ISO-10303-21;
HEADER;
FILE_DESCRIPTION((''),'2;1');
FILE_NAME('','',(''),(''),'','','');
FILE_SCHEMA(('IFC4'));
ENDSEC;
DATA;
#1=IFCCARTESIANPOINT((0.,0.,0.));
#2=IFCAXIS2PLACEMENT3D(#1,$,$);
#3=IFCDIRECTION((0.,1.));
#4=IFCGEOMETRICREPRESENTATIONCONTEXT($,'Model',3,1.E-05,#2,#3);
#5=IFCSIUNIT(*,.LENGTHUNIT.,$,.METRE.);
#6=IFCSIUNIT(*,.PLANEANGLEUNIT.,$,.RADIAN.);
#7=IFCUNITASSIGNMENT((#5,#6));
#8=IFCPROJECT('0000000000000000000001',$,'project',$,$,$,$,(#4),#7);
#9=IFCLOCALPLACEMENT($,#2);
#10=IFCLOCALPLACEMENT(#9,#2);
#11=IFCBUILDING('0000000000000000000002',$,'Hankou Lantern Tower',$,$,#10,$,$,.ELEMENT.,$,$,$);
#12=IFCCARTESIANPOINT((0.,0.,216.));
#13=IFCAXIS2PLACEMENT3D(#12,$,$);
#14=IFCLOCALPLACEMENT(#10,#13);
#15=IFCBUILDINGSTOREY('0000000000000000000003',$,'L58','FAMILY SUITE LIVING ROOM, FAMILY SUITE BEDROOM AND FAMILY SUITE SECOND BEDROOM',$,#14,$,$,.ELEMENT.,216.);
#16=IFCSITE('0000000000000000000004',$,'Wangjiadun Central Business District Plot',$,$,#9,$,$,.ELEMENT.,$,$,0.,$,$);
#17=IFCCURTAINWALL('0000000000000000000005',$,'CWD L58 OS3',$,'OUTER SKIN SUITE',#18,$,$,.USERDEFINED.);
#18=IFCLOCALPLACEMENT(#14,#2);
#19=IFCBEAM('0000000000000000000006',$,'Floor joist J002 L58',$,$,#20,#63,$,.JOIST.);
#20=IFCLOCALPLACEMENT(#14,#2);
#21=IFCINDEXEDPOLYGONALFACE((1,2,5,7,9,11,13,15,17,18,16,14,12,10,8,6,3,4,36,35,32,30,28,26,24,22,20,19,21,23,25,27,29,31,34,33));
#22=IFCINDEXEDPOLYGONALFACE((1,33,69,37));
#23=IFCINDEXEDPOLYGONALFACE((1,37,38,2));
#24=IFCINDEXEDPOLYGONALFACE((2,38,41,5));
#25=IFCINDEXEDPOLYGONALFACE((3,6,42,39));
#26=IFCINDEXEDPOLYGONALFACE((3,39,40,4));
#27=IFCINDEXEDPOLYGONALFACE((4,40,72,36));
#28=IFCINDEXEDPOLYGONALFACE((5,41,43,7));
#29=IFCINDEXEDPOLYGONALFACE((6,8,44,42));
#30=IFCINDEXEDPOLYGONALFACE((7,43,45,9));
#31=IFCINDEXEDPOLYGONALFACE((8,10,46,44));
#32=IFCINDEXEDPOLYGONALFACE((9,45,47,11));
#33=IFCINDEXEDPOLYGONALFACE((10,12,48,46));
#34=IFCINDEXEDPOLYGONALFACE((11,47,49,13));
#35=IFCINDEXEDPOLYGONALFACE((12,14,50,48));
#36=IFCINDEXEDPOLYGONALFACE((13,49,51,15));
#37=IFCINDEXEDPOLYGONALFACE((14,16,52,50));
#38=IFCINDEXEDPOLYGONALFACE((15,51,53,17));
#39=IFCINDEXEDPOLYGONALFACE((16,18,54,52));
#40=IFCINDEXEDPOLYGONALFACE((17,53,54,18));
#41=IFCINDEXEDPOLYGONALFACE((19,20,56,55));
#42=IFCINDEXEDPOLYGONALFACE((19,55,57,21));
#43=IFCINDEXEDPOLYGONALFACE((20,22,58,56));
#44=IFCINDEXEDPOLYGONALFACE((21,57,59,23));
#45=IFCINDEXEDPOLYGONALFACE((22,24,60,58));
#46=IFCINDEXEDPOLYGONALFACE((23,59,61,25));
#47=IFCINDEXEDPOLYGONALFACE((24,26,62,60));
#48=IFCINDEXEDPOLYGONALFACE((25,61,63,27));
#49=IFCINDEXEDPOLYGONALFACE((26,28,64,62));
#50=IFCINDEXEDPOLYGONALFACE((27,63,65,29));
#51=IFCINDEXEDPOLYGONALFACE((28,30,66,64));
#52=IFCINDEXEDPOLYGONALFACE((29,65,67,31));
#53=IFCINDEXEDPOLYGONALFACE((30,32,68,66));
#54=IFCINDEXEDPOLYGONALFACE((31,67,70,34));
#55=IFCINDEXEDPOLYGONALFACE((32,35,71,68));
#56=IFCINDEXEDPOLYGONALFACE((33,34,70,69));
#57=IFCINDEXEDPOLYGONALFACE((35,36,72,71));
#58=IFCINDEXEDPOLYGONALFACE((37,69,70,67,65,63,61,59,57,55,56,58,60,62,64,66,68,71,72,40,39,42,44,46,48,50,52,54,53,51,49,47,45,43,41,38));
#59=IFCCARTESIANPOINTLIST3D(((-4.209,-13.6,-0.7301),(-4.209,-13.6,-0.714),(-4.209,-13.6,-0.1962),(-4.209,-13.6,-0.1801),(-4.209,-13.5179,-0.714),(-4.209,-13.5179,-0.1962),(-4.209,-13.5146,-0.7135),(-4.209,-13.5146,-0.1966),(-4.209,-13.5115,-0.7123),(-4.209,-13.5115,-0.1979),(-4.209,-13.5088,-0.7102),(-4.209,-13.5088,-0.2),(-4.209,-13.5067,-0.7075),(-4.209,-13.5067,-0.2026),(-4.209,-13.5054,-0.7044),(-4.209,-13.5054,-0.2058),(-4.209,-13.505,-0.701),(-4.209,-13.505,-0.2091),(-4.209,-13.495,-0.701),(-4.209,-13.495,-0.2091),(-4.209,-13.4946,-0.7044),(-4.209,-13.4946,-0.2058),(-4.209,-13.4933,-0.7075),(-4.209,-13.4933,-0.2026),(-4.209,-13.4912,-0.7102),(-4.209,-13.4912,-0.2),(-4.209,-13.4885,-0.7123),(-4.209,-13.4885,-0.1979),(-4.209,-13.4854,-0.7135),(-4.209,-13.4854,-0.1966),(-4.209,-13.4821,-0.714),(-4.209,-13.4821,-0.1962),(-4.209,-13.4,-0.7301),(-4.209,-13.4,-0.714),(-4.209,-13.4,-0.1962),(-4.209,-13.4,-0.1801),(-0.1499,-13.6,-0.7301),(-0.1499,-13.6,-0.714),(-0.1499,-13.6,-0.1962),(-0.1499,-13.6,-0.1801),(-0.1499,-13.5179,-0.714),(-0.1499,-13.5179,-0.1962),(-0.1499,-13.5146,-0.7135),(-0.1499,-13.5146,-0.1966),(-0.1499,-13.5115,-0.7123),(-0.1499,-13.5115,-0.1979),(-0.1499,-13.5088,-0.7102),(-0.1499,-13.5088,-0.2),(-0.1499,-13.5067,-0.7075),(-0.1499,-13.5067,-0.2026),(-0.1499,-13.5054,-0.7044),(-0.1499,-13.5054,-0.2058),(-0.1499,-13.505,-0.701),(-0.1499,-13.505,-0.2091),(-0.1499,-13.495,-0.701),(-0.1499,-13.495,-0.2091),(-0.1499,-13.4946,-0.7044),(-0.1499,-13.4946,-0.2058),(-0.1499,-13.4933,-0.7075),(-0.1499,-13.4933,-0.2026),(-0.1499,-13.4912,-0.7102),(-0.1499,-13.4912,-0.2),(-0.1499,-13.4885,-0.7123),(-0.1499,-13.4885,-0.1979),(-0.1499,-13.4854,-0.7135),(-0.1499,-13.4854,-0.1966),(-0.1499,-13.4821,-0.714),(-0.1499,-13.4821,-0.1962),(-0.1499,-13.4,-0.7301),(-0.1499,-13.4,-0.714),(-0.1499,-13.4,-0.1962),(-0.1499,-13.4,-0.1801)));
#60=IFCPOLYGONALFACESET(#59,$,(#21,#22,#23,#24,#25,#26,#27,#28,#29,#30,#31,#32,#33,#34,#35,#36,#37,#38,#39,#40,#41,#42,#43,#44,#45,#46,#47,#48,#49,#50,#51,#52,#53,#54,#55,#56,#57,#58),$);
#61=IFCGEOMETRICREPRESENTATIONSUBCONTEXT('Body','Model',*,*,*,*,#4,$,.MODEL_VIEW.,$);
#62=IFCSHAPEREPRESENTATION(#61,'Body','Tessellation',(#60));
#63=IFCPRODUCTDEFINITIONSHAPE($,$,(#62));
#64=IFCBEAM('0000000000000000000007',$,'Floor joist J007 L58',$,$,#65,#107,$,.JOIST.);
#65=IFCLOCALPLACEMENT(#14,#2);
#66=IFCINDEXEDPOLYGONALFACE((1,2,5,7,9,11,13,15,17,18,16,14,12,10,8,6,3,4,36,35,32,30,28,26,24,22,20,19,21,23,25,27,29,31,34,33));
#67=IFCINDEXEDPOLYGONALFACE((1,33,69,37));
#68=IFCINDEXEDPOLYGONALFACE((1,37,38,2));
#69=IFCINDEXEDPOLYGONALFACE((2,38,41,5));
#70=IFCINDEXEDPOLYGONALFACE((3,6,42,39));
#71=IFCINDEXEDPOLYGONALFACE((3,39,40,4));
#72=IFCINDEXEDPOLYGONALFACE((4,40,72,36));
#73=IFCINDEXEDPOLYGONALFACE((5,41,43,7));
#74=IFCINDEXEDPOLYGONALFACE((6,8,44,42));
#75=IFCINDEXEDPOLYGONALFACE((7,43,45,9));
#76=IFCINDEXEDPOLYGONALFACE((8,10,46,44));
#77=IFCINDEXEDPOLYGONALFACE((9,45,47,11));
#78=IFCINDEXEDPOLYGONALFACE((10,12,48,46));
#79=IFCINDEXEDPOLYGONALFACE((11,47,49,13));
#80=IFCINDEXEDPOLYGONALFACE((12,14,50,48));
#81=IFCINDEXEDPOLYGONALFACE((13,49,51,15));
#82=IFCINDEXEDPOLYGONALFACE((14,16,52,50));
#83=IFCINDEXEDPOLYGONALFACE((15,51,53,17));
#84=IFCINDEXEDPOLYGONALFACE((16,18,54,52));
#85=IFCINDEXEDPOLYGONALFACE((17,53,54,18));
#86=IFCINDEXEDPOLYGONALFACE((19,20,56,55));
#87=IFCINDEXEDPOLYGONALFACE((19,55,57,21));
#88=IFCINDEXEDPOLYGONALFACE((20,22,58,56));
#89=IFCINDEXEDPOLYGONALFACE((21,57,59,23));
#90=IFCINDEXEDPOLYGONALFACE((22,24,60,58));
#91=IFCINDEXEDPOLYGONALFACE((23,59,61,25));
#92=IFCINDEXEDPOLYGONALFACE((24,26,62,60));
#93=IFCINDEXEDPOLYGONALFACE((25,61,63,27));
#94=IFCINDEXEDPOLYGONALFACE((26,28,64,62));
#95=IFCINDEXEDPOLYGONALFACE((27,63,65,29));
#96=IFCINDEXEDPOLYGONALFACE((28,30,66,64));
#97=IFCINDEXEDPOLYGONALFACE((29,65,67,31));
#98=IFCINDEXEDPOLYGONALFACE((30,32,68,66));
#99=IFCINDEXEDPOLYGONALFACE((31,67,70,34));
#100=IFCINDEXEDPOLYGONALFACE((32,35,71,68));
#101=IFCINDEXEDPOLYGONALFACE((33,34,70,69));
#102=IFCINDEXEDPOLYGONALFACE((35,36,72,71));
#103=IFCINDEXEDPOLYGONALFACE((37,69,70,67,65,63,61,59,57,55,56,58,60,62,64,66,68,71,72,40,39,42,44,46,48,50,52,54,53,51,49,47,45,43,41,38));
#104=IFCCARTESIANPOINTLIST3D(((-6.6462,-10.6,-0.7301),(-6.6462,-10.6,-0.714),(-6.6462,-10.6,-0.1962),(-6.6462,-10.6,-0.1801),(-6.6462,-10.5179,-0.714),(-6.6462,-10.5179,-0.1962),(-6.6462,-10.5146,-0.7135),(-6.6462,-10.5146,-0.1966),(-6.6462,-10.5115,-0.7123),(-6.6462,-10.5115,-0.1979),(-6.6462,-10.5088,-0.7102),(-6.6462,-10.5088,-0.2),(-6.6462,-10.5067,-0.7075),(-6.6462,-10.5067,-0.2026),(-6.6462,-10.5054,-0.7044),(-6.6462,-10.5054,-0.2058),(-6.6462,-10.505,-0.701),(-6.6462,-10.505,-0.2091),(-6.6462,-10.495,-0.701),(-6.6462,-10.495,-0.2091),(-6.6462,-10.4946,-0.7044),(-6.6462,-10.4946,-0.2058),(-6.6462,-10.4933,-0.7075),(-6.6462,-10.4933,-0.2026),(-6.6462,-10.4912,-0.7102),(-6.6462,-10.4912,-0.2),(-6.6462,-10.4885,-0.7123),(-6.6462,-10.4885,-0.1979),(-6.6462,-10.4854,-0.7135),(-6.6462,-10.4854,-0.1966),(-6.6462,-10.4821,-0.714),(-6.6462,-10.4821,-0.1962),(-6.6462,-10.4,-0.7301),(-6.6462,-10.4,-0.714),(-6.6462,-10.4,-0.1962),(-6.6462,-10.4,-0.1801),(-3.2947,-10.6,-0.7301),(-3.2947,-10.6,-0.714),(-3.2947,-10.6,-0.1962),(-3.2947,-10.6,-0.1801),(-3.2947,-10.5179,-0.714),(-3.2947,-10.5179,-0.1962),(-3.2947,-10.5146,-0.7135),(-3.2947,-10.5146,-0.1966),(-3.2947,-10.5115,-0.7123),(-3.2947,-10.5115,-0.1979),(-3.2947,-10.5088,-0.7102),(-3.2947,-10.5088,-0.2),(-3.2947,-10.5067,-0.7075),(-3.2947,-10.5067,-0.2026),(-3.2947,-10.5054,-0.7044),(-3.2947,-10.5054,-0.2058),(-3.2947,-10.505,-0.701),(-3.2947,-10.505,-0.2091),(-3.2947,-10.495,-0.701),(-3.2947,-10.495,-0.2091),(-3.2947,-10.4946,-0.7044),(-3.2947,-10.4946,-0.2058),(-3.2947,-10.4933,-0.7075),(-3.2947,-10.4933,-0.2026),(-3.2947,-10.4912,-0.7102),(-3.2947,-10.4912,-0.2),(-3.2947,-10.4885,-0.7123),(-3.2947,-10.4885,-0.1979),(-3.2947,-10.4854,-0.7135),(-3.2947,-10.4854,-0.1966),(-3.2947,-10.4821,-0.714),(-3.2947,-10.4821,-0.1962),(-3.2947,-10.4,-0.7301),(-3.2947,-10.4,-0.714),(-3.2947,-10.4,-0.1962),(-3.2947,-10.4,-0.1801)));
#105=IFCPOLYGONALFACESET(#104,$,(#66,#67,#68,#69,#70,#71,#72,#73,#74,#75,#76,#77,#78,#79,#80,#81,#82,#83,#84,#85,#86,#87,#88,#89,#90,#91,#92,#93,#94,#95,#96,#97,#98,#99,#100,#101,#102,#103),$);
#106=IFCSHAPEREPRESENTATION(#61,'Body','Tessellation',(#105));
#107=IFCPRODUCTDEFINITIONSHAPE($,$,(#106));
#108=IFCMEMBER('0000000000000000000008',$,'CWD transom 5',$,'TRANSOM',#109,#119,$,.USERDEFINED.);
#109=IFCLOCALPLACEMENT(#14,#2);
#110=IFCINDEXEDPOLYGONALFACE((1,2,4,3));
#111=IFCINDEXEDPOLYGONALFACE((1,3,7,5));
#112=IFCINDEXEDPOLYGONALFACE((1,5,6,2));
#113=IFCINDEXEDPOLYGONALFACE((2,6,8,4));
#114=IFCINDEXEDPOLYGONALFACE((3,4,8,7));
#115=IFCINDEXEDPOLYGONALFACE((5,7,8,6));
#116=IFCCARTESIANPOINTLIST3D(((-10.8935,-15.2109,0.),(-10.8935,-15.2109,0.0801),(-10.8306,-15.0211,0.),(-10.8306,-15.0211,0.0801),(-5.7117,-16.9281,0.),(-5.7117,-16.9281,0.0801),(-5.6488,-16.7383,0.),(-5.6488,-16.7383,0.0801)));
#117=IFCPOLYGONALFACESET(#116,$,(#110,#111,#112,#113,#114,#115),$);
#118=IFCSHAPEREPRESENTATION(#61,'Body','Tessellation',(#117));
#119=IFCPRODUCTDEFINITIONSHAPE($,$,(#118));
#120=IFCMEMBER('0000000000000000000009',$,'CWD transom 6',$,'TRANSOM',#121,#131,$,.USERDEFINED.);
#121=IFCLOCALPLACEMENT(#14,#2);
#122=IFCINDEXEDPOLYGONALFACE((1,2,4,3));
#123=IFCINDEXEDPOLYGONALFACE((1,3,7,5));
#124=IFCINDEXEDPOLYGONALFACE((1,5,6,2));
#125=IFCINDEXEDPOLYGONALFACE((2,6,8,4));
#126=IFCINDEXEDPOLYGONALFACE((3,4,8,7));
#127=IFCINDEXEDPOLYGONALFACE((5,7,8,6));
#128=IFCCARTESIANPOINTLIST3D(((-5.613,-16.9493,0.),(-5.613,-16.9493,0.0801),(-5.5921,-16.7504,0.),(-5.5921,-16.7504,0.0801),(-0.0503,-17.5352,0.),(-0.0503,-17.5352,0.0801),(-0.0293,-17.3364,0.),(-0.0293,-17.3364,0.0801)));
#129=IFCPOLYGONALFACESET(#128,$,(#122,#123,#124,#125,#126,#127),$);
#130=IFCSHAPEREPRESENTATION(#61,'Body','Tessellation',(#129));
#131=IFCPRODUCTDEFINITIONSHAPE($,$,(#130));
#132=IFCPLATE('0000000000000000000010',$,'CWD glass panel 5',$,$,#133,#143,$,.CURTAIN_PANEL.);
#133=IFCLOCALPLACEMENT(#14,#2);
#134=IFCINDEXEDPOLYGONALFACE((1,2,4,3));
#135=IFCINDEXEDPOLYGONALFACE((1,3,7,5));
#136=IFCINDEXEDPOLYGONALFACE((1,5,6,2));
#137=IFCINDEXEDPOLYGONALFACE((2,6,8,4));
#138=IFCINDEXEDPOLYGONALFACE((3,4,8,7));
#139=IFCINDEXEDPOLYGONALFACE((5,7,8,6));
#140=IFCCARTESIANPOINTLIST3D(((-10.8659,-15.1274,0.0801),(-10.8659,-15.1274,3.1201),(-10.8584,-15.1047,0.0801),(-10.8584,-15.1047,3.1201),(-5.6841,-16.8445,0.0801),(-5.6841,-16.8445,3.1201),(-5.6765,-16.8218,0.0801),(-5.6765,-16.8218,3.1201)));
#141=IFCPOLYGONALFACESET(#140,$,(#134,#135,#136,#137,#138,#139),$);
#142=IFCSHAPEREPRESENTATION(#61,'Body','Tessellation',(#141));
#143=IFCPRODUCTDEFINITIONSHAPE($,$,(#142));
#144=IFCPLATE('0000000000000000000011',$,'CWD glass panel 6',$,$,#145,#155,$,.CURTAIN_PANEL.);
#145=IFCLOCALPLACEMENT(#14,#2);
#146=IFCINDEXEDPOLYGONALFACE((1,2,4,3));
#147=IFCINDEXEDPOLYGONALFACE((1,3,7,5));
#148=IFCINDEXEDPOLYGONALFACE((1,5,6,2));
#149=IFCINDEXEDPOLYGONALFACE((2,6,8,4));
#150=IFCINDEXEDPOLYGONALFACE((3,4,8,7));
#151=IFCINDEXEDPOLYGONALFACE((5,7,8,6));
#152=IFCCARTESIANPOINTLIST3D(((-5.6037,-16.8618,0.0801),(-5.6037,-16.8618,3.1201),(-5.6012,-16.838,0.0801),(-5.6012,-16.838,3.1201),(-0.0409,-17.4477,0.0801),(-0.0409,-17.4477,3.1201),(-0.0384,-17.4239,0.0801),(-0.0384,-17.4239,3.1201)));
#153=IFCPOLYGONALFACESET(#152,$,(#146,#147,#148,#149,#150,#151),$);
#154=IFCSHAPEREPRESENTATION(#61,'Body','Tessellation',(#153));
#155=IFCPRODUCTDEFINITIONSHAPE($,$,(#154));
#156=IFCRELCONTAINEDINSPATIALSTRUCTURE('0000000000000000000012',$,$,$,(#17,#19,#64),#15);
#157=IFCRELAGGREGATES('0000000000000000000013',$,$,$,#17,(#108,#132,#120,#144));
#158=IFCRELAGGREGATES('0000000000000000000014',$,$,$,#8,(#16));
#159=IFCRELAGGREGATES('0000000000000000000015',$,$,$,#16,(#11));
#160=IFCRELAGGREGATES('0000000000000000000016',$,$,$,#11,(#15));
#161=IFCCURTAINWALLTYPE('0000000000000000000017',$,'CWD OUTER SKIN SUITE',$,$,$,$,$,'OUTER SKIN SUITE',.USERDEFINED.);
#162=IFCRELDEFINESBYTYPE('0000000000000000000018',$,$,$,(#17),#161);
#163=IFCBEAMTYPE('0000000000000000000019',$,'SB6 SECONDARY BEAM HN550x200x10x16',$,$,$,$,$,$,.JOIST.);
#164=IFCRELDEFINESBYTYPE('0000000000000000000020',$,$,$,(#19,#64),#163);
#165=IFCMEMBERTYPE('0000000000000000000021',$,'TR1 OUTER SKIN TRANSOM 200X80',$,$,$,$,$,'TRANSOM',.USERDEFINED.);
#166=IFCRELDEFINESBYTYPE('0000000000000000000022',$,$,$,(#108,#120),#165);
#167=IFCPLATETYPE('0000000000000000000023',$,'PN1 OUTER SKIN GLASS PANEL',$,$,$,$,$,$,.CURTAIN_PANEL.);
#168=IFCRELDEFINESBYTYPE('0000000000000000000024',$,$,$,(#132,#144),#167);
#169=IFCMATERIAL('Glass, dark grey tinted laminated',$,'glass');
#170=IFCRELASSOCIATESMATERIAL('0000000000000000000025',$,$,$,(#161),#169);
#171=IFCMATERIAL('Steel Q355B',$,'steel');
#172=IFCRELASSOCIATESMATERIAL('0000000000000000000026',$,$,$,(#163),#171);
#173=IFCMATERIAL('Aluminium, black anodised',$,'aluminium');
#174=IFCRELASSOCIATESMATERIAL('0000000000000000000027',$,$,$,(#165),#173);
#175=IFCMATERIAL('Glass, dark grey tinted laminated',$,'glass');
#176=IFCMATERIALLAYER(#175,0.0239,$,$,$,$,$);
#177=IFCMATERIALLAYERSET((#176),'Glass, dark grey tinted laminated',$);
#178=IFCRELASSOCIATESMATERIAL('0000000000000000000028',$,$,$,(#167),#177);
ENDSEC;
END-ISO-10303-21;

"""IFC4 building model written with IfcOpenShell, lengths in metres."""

from ifc_helpers import new_model, si_unit, direction, frame, origin, origin_2d, place, context, subcontext, project, spatial, rectangle, i_section, extrude, material, layer, layer_set, material_profile, profile_set, type_object, element, aggregate, save


model = new_model("IFC4")

# Units and contexts
model_context = context("Model", 3, precision=1e-05, world=origin(), true_north=direction((0.0, 1.0)))
body_context = subcontext(model_context, "Body", "Model", "MODEL_VIEW")
ifc_project = project(units=[si_unit("LENGTHUNIT", "METRE"), si_unit("PLANEANGLEUNIT", "RADIAN")], contexts=[model_context])

# Site, building, storey
site_placement = place(None, origin())
site = spatial("IfcSite", under=ifc_project, at=site_placement, Name="Wangjiadun Central Business District Plot", CompositionType="ELEMENT", RefElevation=0.0)
building_placement = place(site_placement, origin())
building = spatial("IfcBuilding", under=site, at=building_placement, Name="Hankou Lantern Tower", CompositionType="ELEMENT")
storey_placement = place(building_placement, frame((0.0, 0.0, 216.0)))
storey = spatial("IfcBuildingStorey", under=building, at=storey_placement, Name="L58", Description="FAMILY SUITE LIVING ROOM, FAMILY SUITE BEDROOM AND FAMILY SUITE SECOND BEDROOM", CompositionType="ELEMENT", Elevation=216.0)

# Curtain wall
ifc_material_1 = material(Name="Glass, dark grey tinted laminated", Category="glass")
curtain_wall_type = type_object("IfcCurtainWallType", Name="CWD OUTER SKIN SUITE", ElementType="OUTER SKIN SUITE", PredefinedType="USERDEFINED", material=ifc_material_1)
curtain_wall_placement = place(storey_placement, origin())
curtain_wall = element("IfcCurtainWall", 1, at=curtain_wall_placement, inside=storey, type_object=curtain_wall_type, Name="CWD L58 OS3", ObjectType="OUTER SKIN SUITE", PredefinedType="USERDEFINED")

# Beams
ifc_material_2 = material(Name="Steel Q355B", Category="steel")
ifc_material_profile_1 = material_profile(ifc_material_2, i_section(OverallWidth=0.2, OverallDepth=0.55, WebThickness=0.01, FlangeThickness=0.0161, FilletRadius=0.0129, at=origin_2d()), Name="HN550x200x10x16")
ifc_profile_set_1 = profile_set([ifc_material_profile_1], Name="Steel Q355B")
beam_type_1 = type_object("IfcBeamType", Name="SB6 SECONDARY BEAM HN550x200x10x16", PredefinedType="JOIST", material=ifc_profile_set_1)
beam_1_placement = place(storey_placement, frame((-4.209, -13.5, -0.4551), z_axis=(1.0, 0.0, 0.0), x_axis=(0.0, 1.0, 0.0)))
element("IfcBeam", 2, at=beam_1_placement, inside=storey, type_object=beam_type_1, Name="Floor joist J002 L58", PredefinedType="JOIST", context=body_context, shape_type="SweptSolid", body=[
    extrude(i_section(OverallWidth=0.2, OverallDepth=0.55, WebThickness=0.01, FlangeThickness=0.0161, FilletRadius=0.0129, at=origin_2d()), origin(), (0.0, 0.0, 1.0), 4.0591),
])
beam_2_placement = place(storey_placement, frame((-6.6462, -10.5, -0.4551), z_axis=(1.0, 0.0, 0.0), x_axis=(0.0, 1.0, 0.0)))
element("IfcBeam", 3, at=beam_2_placement, inside=storey, type_object=beam_type_1, Name="Floor joist J007 L58", PredefinedType="JOIST", context=body_context, shape_type="SweptSolid", body=[
    extrude(i_section(OverallWidth=0.2, OverallDepth=0.55, WebThickness=0.01, FlangeThickness=0.0161, FilletRadius=0.0129, at=origin_2d()), origin(), (0.0, 0.0, 1.0), 3.3516),
])

# Members
ifc_material_3 = material(Name="Aluminium, black anodised", Category="aluminium")
ifc_material_profile_2 = material_profile(ifc_material_3, rectangle(XDim=0.2, YDim=0.0801, at=origin_2d()), Name="TR1 200X80")
ifc_profile_set_2 = profile_set([ifc_material_profile_2], Name="Aluminium, black anodised")
member_type_1 = type_object("IfcMemberType", Name="TR1 OUTER SKIN TRANSOM 200X80", ElementType="TRANSOM", PredefinedType="USERDEFINED", material=ifc_profile_set_2)
member_1_placement = place(storey_placement, frame((-10.8621, -15.116, 0.04), z_axis=(0.949232, -0.314577, 0.0), x_axis=(0.314577, 0.949232, 0.0)))
member_1 = element("IfcMember", 4, at=member_1_placement, type_object=member_type_1, Name="CWD transom 5", ObjectType="TRANSOM", PredefinedType="USERDEFINED", context=body_context, shape_type="SweptSolid", body=[
    extrude(rectangle(XDim=0.2, YDim=0.0801, at=origin_2d()), origin(), (0.0, 0.0, 1.0), 5.459),
])
member_2_placement = place(storey_placement, frame((-5.6025, -16.8499, 0.04), z_axis=(0.994498, -0.104753, 0.0), x_axis=(0.104753, 0.994498, 0.0)))
member_2 = element("IfcMember", 5, at=member_2_placement, type_object=member_type_1, Name="CWD transom 6", ObjectType="TRANSOM", PredefinedType="USERDEFINED", context=body_context, shape_type="SweptSolid", body=[
    extrude(rectangle(XDim=0.2, YDim=0.0801, at=origin_2d()), origin(), (0.0, 0.0, 1.0), 5.5935),
])

# Plates
ifc_material_4 = material(Name="Glass, dark grey tinted laminated", Category="glass")
ifc_layer_1 = layer(ifc_material_4, 0.0239)
ifc_layer_set_1 = layer_set([ifc_layer_1], Name="Glass, dark grey tinted laminated")
plate_type = type_object("IfcPlateType", Name="PN1 OUTER SKIN GLASS PANEL", PredefinedType="CURTAIN_PANEL", material=ifc_layer_set_1)
plate_1_placement = place(storey_placement, frame((-8.2712, -15.9746, 0.0801), z_axis=(0.0, 0.0, 1.0), x_axis=(0.949241, -0.314551, 0.0)))
plate_1 = element("IfcPlate", 6, at=plate_1_placement, type_object=plate_type, Name="CWD glass panel 5", PredefinedType="CURTAIN_PANEL", context=body_context, shape_type="SweptSolid", body=[
    extrude(rectangle(XDim=5.459, YDim=0.0239, at=origin_2d()), origin(), (0.0, 0.0, 1.0), 3.04),
])
plate_2_placement = place(storey_placement, frame((-2.821, -17.1428, 0.0801), z_axis=(0.0, 0.0, 1.0), x_axis=(0.994499, -0.104743, 0.0)))
plate_2 = element("IfcPlate", 7, at=plate_2_placement, type_object=plate_type, Name="CWD glass panel 6", PredefinedType="CURTAIN_PANEL", context=body_context, shape_type="SweptSolid", body=[
    extrude(rectangle(XDim=5.5935, YDim=0.0239, at=origin_2d()), origin(), (0.0, 0.0, 1.0), 3.04),
])
aggregate(curtain_wall, [member_1, plate_1, member_2, plate_2])

save(model, "model.ifc")
